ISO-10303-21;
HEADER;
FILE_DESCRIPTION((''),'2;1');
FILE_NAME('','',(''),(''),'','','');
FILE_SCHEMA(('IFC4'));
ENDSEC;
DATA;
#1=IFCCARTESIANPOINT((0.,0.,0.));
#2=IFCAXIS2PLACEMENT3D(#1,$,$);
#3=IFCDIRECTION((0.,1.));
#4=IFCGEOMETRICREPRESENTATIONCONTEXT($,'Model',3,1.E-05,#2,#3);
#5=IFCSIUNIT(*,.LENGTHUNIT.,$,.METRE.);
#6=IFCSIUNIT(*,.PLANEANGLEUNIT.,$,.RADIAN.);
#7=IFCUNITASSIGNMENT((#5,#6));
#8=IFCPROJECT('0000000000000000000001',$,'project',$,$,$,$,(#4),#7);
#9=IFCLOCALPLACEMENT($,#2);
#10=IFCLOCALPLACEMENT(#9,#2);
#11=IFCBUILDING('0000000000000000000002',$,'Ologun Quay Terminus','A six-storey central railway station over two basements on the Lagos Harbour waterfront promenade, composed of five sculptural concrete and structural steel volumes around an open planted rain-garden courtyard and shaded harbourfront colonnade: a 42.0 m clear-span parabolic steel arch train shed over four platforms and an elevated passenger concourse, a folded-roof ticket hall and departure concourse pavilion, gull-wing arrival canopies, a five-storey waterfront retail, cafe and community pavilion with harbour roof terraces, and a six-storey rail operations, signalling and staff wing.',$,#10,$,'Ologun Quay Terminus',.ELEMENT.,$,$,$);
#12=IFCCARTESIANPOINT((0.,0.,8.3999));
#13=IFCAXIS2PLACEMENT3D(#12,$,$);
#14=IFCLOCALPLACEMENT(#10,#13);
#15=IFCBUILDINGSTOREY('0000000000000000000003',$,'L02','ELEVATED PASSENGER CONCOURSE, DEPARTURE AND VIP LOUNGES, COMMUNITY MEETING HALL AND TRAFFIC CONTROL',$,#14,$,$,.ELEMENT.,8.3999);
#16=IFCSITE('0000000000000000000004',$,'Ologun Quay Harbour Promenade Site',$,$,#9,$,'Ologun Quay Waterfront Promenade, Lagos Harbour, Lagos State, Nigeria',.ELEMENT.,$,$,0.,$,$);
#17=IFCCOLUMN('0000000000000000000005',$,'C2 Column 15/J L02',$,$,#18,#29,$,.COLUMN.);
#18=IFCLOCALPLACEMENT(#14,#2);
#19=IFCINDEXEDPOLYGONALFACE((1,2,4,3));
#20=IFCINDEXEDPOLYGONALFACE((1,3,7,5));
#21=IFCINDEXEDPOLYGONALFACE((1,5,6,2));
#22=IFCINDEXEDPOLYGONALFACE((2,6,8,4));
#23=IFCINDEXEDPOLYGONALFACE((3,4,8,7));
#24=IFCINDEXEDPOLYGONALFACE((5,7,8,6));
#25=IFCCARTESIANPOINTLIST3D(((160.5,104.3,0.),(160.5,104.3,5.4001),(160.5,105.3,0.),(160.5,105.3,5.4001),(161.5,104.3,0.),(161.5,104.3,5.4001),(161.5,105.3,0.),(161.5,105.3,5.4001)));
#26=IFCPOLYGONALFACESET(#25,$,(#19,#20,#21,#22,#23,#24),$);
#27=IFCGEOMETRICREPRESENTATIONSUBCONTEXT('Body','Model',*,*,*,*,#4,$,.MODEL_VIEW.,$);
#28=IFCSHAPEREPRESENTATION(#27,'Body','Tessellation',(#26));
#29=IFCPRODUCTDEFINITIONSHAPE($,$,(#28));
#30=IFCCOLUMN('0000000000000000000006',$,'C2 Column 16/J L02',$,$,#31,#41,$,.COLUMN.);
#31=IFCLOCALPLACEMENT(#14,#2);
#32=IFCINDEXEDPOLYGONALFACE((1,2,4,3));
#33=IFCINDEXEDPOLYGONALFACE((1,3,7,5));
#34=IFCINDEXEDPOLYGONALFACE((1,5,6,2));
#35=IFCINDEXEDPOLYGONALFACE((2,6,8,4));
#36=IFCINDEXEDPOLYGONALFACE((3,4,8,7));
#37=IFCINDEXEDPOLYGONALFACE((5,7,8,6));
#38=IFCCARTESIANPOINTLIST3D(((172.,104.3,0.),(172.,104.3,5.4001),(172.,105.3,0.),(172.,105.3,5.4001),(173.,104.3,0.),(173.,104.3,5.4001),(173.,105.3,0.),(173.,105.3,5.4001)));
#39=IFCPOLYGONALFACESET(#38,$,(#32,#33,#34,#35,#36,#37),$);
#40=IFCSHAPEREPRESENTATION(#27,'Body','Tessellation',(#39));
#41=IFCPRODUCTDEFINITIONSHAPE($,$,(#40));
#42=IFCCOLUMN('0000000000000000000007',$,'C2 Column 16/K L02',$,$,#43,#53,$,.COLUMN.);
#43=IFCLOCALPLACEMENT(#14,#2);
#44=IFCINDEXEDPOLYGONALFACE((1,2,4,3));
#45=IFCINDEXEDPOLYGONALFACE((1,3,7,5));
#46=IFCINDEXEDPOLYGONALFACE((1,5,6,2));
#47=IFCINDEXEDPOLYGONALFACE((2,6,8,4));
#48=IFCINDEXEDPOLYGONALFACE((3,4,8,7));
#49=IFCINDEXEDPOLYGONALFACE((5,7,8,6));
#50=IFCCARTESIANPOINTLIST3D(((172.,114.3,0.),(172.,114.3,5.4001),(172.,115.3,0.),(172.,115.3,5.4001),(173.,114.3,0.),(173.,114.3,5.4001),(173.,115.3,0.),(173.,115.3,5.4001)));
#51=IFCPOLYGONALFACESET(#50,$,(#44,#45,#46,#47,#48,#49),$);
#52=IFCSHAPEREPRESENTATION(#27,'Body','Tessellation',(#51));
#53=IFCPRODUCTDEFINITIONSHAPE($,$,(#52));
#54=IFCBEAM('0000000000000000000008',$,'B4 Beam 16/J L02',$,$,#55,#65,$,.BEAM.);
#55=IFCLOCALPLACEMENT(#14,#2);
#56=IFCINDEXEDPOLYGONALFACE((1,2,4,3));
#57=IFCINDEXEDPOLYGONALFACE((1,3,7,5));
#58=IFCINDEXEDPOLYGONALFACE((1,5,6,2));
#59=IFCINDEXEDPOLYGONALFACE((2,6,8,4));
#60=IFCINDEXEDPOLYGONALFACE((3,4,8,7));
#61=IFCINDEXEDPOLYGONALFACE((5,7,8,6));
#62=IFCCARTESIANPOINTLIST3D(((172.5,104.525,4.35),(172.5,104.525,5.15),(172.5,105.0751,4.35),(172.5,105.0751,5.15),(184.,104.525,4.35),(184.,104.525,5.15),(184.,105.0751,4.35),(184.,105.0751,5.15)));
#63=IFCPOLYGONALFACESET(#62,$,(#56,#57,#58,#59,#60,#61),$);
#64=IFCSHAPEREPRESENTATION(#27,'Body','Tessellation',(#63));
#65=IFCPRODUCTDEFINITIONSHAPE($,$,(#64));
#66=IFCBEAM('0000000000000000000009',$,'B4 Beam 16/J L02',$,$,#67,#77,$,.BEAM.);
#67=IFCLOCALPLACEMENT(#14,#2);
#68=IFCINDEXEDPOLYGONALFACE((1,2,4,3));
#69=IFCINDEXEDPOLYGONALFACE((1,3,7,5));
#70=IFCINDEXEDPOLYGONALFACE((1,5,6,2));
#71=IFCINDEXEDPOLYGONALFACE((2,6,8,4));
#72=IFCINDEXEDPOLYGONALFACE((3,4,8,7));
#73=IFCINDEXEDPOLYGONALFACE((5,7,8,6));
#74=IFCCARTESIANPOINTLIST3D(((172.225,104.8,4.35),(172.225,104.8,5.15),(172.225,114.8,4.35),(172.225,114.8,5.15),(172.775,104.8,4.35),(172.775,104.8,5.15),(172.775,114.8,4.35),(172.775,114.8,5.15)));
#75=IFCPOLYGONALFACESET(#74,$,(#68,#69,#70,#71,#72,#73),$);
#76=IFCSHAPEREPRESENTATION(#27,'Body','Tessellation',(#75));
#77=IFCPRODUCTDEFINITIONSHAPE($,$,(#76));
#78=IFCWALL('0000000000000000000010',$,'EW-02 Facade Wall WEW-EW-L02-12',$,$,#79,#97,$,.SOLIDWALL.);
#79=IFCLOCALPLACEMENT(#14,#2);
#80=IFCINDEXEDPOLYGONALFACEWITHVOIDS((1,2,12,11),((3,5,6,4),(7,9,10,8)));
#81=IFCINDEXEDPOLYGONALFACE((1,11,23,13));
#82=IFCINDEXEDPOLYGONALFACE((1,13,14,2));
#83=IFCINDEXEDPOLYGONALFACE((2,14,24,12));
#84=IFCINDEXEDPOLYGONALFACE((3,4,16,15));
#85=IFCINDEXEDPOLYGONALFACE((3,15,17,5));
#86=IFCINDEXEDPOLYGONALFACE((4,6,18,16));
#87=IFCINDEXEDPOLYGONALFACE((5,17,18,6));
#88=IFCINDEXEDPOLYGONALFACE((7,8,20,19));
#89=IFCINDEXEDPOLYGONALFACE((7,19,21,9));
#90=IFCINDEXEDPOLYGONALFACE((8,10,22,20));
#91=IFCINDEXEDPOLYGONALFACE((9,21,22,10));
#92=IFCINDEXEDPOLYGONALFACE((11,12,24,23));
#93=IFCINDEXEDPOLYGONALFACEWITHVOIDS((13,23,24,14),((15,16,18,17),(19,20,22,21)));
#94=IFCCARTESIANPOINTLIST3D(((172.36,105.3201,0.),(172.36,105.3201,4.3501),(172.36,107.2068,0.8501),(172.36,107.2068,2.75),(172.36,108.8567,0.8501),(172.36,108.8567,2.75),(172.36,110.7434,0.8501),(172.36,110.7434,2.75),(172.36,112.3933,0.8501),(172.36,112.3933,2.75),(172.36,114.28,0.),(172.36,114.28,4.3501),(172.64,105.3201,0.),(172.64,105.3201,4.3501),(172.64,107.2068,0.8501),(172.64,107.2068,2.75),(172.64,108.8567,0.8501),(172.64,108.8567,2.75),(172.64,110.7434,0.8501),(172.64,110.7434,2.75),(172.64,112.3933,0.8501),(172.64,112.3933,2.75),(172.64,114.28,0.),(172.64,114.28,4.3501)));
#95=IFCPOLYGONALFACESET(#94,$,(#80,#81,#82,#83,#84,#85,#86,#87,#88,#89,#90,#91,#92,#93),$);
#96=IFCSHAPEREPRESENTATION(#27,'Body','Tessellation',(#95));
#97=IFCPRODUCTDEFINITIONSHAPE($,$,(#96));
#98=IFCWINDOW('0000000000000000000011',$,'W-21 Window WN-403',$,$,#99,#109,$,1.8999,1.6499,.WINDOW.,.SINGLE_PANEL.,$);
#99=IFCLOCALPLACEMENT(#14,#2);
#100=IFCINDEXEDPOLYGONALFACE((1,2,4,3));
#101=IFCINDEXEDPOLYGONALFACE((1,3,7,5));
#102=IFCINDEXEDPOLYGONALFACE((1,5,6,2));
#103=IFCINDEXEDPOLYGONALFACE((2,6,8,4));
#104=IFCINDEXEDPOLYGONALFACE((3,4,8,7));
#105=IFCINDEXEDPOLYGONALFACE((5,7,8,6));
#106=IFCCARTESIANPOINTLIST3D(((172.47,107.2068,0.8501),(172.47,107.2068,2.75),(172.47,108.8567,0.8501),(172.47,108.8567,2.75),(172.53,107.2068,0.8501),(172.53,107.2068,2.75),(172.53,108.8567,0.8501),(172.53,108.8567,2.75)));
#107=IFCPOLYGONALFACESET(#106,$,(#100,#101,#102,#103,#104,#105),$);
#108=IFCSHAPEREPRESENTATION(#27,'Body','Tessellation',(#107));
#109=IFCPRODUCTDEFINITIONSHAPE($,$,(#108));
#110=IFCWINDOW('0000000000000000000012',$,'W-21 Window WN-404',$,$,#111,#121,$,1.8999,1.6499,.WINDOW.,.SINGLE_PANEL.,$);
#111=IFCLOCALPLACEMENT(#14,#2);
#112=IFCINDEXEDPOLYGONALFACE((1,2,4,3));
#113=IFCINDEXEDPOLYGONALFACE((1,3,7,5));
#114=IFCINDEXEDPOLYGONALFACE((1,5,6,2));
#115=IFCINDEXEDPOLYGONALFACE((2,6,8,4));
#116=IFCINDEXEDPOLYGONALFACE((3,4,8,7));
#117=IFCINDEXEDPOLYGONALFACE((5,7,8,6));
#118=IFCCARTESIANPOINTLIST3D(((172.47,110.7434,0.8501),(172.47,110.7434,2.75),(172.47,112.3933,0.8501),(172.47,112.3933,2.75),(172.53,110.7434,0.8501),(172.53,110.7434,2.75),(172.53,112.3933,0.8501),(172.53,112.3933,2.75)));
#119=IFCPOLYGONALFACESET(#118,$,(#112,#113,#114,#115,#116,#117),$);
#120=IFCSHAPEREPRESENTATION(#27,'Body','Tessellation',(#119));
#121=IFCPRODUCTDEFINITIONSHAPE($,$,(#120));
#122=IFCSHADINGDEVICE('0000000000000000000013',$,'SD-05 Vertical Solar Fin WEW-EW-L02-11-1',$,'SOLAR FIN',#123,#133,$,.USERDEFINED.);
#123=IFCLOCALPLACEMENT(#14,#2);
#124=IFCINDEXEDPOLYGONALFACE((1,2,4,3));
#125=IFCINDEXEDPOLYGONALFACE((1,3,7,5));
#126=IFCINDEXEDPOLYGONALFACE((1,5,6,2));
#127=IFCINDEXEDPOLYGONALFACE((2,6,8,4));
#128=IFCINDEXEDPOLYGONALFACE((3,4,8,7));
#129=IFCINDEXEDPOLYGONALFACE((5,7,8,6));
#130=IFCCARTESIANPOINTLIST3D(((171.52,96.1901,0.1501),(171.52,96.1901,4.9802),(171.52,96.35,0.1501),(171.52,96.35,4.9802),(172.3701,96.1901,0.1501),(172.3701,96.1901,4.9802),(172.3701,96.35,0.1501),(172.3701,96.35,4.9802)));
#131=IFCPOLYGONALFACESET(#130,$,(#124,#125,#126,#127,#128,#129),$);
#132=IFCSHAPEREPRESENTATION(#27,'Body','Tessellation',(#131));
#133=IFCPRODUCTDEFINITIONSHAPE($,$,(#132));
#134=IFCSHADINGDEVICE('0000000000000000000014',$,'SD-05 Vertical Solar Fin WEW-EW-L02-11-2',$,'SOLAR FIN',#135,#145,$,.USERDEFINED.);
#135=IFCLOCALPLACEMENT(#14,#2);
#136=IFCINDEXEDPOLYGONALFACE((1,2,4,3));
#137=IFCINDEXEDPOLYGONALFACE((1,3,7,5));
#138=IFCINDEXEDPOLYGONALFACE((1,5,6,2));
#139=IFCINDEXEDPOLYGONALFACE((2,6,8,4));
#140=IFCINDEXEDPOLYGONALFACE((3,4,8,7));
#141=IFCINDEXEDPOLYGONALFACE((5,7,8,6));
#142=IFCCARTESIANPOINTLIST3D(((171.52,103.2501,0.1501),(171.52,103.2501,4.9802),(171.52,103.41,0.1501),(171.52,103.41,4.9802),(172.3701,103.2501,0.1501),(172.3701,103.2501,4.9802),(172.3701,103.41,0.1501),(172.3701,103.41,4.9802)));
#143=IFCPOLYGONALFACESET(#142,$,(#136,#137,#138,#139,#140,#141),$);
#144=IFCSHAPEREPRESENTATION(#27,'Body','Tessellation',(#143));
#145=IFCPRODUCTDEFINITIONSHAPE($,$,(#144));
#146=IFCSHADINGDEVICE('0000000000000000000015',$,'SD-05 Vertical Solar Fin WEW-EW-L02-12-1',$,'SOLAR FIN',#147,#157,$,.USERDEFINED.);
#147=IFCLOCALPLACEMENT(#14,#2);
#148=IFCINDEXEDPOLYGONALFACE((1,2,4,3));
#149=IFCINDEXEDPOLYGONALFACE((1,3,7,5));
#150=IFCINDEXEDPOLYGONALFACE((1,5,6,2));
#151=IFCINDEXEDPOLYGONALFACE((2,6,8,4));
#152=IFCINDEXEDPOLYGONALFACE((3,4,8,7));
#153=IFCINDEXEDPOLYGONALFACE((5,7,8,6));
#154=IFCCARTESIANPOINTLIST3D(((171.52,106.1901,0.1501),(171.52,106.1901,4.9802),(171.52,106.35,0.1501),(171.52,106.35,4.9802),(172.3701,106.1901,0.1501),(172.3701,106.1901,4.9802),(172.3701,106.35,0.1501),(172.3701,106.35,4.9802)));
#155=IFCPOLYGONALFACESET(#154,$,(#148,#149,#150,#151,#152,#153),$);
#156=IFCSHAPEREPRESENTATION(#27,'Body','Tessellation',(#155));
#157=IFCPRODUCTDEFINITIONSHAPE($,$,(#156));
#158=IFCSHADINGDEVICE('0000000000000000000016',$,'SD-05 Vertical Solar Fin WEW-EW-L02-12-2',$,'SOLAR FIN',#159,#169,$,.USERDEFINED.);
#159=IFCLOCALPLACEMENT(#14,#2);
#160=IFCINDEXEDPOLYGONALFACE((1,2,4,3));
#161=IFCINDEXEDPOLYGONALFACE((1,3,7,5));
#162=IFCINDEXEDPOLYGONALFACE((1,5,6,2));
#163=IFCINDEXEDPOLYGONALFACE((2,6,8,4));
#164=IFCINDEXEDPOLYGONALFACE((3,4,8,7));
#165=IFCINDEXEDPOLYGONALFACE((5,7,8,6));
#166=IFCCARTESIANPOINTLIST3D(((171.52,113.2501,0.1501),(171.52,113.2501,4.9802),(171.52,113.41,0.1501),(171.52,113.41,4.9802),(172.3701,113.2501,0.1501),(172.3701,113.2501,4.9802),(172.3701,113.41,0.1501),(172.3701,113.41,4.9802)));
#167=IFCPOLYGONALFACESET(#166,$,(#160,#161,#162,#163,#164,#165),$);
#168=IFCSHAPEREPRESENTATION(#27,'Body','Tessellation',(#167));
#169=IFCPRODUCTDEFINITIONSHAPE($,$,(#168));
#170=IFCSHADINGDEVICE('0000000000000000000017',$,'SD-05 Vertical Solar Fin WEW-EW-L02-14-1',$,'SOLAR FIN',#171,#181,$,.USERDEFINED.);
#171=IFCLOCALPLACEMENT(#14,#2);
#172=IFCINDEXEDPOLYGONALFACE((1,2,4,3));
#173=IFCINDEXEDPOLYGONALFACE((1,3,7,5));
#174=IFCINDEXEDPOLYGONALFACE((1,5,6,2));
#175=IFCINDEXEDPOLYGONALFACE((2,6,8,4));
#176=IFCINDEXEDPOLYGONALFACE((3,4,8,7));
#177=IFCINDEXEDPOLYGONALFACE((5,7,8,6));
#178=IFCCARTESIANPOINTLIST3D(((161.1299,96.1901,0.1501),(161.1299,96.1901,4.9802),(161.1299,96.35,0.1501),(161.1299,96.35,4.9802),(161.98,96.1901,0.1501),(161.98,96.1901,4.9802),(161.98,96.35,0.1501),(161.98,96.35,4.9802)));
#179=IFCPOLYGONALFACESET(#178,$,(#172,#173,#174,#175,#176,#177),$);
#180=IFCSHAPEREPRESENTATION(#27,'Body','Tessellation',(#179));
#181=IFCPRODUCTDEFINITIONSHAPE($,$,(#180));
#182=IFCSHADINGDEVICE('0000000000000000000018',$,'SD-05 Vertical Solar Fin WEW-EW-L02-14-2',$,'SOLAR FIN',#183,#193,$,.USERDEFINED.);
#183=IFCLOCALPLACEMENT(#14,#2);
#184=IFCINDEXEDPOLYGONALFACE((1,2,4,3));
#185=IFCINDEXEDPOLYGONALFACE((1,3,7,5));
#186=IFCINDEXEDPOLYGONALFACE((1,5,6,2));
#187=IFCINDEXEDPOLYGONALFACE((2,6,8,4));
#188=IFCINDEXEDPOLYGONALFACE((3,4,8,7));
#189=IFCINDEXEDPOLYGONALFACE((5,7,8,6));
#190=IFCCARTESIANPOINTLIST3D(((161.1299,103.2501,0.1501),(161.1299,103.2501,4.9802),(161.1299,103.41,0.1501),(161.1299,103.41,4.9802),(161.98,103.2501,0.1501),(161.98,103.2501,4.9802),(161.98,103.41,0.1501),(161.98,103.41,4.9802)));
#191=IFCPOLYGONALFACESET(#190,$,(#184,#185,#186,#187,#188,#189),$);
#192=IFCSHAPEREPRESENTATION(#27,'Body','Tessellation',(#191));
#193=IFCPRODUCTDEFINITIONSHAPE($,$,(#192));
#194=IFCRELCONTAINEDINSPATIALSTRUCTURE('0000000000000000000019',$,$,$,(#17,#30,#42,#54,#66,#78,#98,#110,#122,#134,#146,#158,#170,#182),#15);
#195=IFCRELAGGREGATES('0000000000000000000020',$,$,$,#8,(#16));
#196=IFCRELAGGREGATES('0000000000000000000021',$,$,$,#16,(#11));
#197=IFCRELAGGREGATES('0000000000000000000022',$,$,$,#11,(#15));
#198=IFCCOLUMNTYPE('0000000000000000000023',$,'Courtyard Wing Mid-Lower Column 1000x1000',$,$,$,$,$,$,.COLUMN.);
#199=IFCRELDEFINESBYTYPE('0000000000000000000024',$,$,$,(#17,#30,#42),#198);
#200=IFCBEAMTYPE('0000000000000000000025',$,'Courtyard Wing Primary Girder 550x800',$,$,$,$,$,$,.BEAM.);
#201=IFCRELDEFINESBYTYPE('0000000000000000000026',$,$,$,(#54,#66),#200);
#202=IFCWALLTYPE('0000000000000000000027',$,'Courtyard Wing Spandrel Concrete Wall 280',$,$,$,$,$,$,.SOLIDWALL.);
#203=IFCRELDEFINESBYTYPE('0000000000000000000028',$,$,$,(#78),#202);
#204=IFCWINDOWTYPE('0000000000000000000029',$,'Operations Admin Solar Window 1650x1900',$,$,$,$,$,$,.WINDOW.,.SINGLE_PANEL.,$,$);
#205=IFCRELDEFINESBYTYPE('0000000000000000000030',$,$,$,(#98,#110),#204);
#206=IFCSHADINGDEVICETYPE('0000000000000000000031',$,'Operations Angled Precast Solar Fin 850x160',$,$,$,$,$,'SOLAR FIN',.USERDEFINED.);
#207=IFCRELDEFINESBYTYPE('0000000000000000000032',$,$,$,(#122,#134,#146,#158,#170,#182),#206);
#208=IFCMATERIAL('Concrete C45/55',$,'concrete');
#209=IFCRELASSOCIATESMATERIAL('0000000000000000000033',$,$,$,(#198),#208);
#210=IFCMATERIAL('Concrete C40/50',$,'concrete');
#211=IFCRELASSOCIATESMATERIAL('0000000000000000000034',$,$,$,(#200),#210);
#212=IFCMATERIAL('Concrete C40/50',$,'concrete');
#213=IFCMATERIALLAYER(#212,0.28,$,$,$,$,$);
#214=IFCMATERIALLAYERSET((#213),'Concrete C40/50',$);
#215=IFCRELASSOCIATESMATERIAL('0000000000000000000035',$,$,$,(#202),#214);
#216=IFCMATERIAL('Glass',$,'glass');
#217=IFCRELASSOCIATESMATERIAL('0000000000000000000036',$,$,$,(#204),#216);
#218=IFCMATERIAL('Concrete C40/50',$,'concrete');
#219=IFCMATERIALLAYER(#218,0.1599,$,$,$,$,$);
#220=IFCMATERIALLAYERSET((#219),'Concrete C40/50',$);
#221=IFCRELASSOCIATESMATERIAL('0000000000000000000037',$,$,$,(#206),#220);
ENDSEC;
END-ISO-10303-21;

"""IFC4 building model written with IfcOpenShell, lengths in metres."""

from ifc_helpers import new_model, si_unit, direction, frame, frame_2d, origin, origin_2d, place, context, subcontext, project, spatial, rectangle, extrude, material, layer, layer_set, material_profile, profile_set, type_object, element, fill, save


model = new_model("IFC4")

# Units and contexts
model_context = context("Model", 3, precision=1e-05, world=origin(), true_north=direction((0.0, 1.0)))
body_context = subcontext(model_context, "Body", "Model", "MODEL_VIEW")
ifc_project = project(units=[si_unit("LENGTHUNIT", "METRE"), si_unit("PLANEANGLEUNIT", "RADIAN")], contexts=[model_context])

# Site, building, storey
site_placement = place(None, origin())
site = spatial("IfcSite", under=ifc_project, at=site_placement, Name="Ologun Quay Harbour Promenade Site", LongName="Ologun Quay Waterfront Promenade, Lagos Harbour, Lagos State, Nigeria", CompositionType="ELEMENT", RefElevation=0.0)
building_placement = place(site_placement, origin())
building = spatial("IfcBuilding", under=site, at=building_placement, Name="Ologun Quay Terminus", Description="A six-storey central railway station over two basements on the Lagos Harbour waterfront promenade, composed of five sculptural concrete and structural steel volumes around an open planted rain-garden courtyard and shaded harbourfront colonnade: a 42.0 m clear-span parabolic steel arch train shed over four platforms and an elevated passenger concourse, a folded-roof ticket hall and departure concourse pavilion, gull-wing arrival canopies, a five-storey waterfront retail, cafe and community pavilion with harbour roof terraces, and a six-storey rail operations, signalling and staff wing.", LongName="Ologun Quay Terminus", CompositionType="ELEMENT")
storey_placement = place(building_placement, frame((0.0, 0.0, 8.3999)))
storey = spatial("IfcBuildingStorey", under=building, at=storey_placement, Name="L02", Description="ELEVATED PASSENGER CONCOURSE, DEPARTURE AND VIP LOUNGES, COMMUNITY MEETING HALL AND TRAFFIC CONTROL", CompositionType="ELEMENT", Elevation=8.3999)

# Columns
ifc_material_1 = material(Name="Concrete C45/55", Category="concrete")
ifc_material_profile_1 = material_profile(ifc_material_1, rectangle(XDim=1.0, YDim=1.0, at=origin_2d()), Name="RC 1000x1000")
ifc_profile_set_1 = profile_set([ifc_material_profile_1], Name="Concrete C45/55")
column_type = type_object("IfcColumnType", Name="Courtyard Wing Mid-Lower Column 1000x1000", PredefinedType="COLUMN", material=ifc_profile_set_1)
for number, where, z_axis, x_axis, name in (
    (1, (161.0, 104.8, 0.0), (0.0, 0.0, 1.0), (1.0, 0.0, 0.0), "C2 Column 15/J L02"),
    (2, (172.5, 104.8, 0.0), (0.0, 0.0, 1.0), (1.0, 0.0, 0.0), "C2 Column 16/J L02"),
    (3, (172.5, 114.8, 0.0), (0.0, 0.0, 1.0), (1.0, 0.0, 0.0), "C2 Column 16/K L02"),
):
    element("IfcColumn", number, at=place(storey_placement, frame(where, z_axis=z_axis, x_axis=x_axis)), inside=storey, type_object=column_type, Name=name, PredefinedType="COLUMN", context=body_context, shape_type="SweptSolid", body=[
        extrude(rectangle(XDim=1.0, YDim=1.0, at=origin_2d()), origin(), (0.0, 0.0, 1.0), 5.4001),
    ])

# Beams
ifc_material_2 = material(Name="Concrete C40/50", Category="concrete")
ifc_material_profile_2 = material_profile(ifc_material_2, rectangle(XDim=0.55, YDim=0.8, at=origin_2d()), Name="RC 550x800")
ifc_profile_set_2 = profile_set([ifc_material_profile_2], Name="Concrete C40/50")
beam_type = type_object("IfcBeamType", Name="Courtyard Wing Primary Girder 550x800", PredefinedType="BEAM", material=ifc_profile_set_2)
beam_1_placement = place(storey_placement, frame((172.5, 104.8, 4.75), z_axis=(1.0, 0.0, 0.0), x_axis=(0.0, 1.0, 0.0)))
element("IfcBeam", 4, at=beam_1_placement, inside=storey, type_object=beam_type, Name="B4 Beam 16/J L02", PredefinedType="BEAM", context=body_context, shape_type="SweptSolid", body=[
    extrude(rectangle(XDim=0.55, YDim=0.8, at=origin_2d()), origin(), (0.0, 0.0, 1.0), 11.5),
])
beam_2_placement = place(storey_placement, frame((172.5, 104.8, 4.75), z_axis=(0.0, 1.0, 0.0), x_axis=(-1.0, 0.0, 0.0)))
element("IfcBeam", 5, at=beam_2_placement, inside=storey, type_object=beam_type, Name="B4 Beam 16/J L02", PredefinedType="BEAM", context=body_context, shape_type="SweptSolid", body=[
    extrude(rectangle(XDim=0.55, YDim=0.8, at=origin_2d()), origin(), (0.0, 0.0, 1.0), 10.0),
])

# Wall, openings, windows
ifc_material_3 = material(Name="Concrete C40/50", Category="concrete")
ifc_layer_1 = layer(ifc_material_3, 0.28)
ifc_layer_set_1 = layer_set([ifc_layer_1], Name="Concrete C40/50")
wall_type = type_object("IfcWallType", Name="Courtyard Wing Spandrel Concrete Wall 280", PredefinedType="SOLIDWALL", material=ifc_layer_set_1)
wall_placement = place(storey_placement, frame((172.5, 105.3201, 0.0), z_axis=(0.0, 0.0, 1.0), x_axis=(0.0, 1.0, 0.0)))
wall = element("IfcWall", 6, at=wall_placement, inside=storey, type_object=wall_type, Name="EW-02 Facade Wall WEW-EW-L02-12", PredefinedType="SOLIDWALL", context=body_context, shape_type="SweptSolid", body=[
    extrude(rectangle(XDim=8.96, YDim=0.28, at=frame_2d((4.48, 0.0))), origin(), (0.0, 0.0, 1.0), 4.3501),
])
opening_1_placement = place(wall_placement, frame((1.8867, 0.0, 0.8501)))
opening_1 = element("IfcOpeningElement", 7, at=opening_1_placement, cuts=wall, PredefinedType="OPENING", context=body_context, shape_type="SweptSolid", body=[
    extrude(rectangle(XDim=1.6499, YDim=1.8999, at=frame_2d((0.825, 0.95))), frame((0.0, 0.1499, 0.0), z_axis=(0.0, -1.0, 0.0), x_axis=(1.0, 0.0, 0.0)), (0.0, 0.0, 1.0), 0.3),
])
opening_2_placement = place(wall_placement, frame((5.4233, 0.0, 0.8501)))
opening_2 = element("IfcOpeningElement", 8, at=opening_2_placement, cuts=wall, PredefinedType="OPENING", context=body_context, shape_type="SweptSolid", body=[
    extrude(rectangle(XDim=1.6499, YDim=1.8999, at=frame_2d((0.825, 0.95))), frame((0.0, 0.1499, 0.0), z_axis=(0.0, -1.0, 0.0), x_axis=(1.0, 0.0, 0.0)), (0.0, 0.0, 1.0), 0.3),
])
ifc_material_4 = material(Name="Glass", Category="glass")
window_type = type_object("IfcWindowType", Name="Operations Admin Solar Window 1650x1900", PartitioningType="SINGLE_PANEL", PredefinedType="WINDOW", material=ifc_material_4)
window_1_placement = place(opening_1_placement, origin())
window_1 = element("IfcWindow", 9, at=window_1_placement, inside=storey, type_object=window_type, Name="W-21 Window WN-403", OverallHeight=1.8999, OverallWidth=1.6499, PartitioningType="SINGLE_PANEL", PredefinedType="WINDOW", context=body_context, shape_type="SweptSolid", body=[
    extrude(rectangle(XDim=1.6499, YDim=1.8999, at=frame_2d((0.825, 0.95))), frame((0.0, 0.03, 0.0), z_axis=(0.0, -1.0, 0.0), x_axis=(1.0, 0.0, 0.0)), (0.0, 0.0, 1.0), 0.0601),
])
fill(opening_1, window_1)
window_2_placement = place(opening_2_placement, origin())
window_2 = element("IfcWindow", 10, at=window_2_placement, inside=storey, type_object=window_type, Name="W-21 Window WN-404", OverallHeight=1.8999, OverallWidth=1.6499, PartitioningType="SINGLE_PANEL", PredefinedType="WINDOW", context=body_context, shape_type="SweptSolid", body=[
    extrude(rectangle(XDim=1.6499, YDim=1.8999, at=frame_2d((0.825, 0.95))), frame((0.0, 0.03, 0.0), z_axis=(0.0, -1.0, 0.0), x_axis=(1.0, 0.0, 0.0)), (0.0, 0.0, 1.0), 0.0601),
])
fill(opening_2, window_2)

# Shading devices
ifc_material_5 = material(Name="Concrete C40/50", Category="concrete")
ifc_layer_2 = layer(ifc_material_5, 0.1599)
ifc_layer_set_2 = layer_set([ifc_layer_2], Name="Concrete C40/50")
shading_device_type = type_object("IfcShadingDeviceType", Name="Operations Angled Precast Solar Fin 850x160", ElementType="SOLAR FIN", PredefinedType="USERDEFINED", material=ifc_layer_set_2)
for number, where, z_axis, x_axis, name in (
    (11, (171.9451, 96.27, 0.1501), (0.0, 0.0, 1.0), (1.0, 0.0, 0.0), "SD-05 Vertical Solar Fin WEW-EW-L02-11-1"),
    (12, (171.9451, 103.3301, 0.1501), (0.0, 0.0, 1.0), (1.0, 0.0, 0.0), "SD-05 Vertical Solar Fin WEW-EW-L02-11-2"),
    (13, (171.9451, 106.27, 0.1501), (0.0, 0.0, 1.0), (1.0, 0.0, 0.0), "SD-05 Vertical Solar Fin WEW-EW-L02-12-1"),
    (14, (171.9451, 113.3301, 0.1501), (0.0, 0.0, 1.0), (1.0, 0.0, 0.0), "SD-05 Vertical Solar Fin WEW-EW-L02-12-2"),
    (15, (161.5549, 96.27, 0.1501), (0.0, 0.0, 1.0), (1.0, 0.0, 0.0), "SD-05 Vertical Solar Fin WEW-EW-L02-14-1"),
    (16, (161.5549, 103.3301, 0.1501), (0.0, 0.0, 1.0), (1.0, 0.0, 0.0), "SD-05 Vertical Solar Fin WEW-EW-L02-14-2"),
):
    element("IfcShadingDevice", number, at=place(storey_placement, frame(where, z_axis=z_axis, x_axis=x_axis)), inside=storey, type_object=shading_device_type, Name=name, ObjectType="SOLAR FIN", PredefinedType="USERDEFINED", context=body_context, shape_type="SweptSolid", body=[
        extrude(rectangle(XDim=0.8501, YDim=0.1599, at=origin_2d()), origin(), (0.0, 0.0, 1.0), 4.8301),
    ])

save(model, "model.ifc")
